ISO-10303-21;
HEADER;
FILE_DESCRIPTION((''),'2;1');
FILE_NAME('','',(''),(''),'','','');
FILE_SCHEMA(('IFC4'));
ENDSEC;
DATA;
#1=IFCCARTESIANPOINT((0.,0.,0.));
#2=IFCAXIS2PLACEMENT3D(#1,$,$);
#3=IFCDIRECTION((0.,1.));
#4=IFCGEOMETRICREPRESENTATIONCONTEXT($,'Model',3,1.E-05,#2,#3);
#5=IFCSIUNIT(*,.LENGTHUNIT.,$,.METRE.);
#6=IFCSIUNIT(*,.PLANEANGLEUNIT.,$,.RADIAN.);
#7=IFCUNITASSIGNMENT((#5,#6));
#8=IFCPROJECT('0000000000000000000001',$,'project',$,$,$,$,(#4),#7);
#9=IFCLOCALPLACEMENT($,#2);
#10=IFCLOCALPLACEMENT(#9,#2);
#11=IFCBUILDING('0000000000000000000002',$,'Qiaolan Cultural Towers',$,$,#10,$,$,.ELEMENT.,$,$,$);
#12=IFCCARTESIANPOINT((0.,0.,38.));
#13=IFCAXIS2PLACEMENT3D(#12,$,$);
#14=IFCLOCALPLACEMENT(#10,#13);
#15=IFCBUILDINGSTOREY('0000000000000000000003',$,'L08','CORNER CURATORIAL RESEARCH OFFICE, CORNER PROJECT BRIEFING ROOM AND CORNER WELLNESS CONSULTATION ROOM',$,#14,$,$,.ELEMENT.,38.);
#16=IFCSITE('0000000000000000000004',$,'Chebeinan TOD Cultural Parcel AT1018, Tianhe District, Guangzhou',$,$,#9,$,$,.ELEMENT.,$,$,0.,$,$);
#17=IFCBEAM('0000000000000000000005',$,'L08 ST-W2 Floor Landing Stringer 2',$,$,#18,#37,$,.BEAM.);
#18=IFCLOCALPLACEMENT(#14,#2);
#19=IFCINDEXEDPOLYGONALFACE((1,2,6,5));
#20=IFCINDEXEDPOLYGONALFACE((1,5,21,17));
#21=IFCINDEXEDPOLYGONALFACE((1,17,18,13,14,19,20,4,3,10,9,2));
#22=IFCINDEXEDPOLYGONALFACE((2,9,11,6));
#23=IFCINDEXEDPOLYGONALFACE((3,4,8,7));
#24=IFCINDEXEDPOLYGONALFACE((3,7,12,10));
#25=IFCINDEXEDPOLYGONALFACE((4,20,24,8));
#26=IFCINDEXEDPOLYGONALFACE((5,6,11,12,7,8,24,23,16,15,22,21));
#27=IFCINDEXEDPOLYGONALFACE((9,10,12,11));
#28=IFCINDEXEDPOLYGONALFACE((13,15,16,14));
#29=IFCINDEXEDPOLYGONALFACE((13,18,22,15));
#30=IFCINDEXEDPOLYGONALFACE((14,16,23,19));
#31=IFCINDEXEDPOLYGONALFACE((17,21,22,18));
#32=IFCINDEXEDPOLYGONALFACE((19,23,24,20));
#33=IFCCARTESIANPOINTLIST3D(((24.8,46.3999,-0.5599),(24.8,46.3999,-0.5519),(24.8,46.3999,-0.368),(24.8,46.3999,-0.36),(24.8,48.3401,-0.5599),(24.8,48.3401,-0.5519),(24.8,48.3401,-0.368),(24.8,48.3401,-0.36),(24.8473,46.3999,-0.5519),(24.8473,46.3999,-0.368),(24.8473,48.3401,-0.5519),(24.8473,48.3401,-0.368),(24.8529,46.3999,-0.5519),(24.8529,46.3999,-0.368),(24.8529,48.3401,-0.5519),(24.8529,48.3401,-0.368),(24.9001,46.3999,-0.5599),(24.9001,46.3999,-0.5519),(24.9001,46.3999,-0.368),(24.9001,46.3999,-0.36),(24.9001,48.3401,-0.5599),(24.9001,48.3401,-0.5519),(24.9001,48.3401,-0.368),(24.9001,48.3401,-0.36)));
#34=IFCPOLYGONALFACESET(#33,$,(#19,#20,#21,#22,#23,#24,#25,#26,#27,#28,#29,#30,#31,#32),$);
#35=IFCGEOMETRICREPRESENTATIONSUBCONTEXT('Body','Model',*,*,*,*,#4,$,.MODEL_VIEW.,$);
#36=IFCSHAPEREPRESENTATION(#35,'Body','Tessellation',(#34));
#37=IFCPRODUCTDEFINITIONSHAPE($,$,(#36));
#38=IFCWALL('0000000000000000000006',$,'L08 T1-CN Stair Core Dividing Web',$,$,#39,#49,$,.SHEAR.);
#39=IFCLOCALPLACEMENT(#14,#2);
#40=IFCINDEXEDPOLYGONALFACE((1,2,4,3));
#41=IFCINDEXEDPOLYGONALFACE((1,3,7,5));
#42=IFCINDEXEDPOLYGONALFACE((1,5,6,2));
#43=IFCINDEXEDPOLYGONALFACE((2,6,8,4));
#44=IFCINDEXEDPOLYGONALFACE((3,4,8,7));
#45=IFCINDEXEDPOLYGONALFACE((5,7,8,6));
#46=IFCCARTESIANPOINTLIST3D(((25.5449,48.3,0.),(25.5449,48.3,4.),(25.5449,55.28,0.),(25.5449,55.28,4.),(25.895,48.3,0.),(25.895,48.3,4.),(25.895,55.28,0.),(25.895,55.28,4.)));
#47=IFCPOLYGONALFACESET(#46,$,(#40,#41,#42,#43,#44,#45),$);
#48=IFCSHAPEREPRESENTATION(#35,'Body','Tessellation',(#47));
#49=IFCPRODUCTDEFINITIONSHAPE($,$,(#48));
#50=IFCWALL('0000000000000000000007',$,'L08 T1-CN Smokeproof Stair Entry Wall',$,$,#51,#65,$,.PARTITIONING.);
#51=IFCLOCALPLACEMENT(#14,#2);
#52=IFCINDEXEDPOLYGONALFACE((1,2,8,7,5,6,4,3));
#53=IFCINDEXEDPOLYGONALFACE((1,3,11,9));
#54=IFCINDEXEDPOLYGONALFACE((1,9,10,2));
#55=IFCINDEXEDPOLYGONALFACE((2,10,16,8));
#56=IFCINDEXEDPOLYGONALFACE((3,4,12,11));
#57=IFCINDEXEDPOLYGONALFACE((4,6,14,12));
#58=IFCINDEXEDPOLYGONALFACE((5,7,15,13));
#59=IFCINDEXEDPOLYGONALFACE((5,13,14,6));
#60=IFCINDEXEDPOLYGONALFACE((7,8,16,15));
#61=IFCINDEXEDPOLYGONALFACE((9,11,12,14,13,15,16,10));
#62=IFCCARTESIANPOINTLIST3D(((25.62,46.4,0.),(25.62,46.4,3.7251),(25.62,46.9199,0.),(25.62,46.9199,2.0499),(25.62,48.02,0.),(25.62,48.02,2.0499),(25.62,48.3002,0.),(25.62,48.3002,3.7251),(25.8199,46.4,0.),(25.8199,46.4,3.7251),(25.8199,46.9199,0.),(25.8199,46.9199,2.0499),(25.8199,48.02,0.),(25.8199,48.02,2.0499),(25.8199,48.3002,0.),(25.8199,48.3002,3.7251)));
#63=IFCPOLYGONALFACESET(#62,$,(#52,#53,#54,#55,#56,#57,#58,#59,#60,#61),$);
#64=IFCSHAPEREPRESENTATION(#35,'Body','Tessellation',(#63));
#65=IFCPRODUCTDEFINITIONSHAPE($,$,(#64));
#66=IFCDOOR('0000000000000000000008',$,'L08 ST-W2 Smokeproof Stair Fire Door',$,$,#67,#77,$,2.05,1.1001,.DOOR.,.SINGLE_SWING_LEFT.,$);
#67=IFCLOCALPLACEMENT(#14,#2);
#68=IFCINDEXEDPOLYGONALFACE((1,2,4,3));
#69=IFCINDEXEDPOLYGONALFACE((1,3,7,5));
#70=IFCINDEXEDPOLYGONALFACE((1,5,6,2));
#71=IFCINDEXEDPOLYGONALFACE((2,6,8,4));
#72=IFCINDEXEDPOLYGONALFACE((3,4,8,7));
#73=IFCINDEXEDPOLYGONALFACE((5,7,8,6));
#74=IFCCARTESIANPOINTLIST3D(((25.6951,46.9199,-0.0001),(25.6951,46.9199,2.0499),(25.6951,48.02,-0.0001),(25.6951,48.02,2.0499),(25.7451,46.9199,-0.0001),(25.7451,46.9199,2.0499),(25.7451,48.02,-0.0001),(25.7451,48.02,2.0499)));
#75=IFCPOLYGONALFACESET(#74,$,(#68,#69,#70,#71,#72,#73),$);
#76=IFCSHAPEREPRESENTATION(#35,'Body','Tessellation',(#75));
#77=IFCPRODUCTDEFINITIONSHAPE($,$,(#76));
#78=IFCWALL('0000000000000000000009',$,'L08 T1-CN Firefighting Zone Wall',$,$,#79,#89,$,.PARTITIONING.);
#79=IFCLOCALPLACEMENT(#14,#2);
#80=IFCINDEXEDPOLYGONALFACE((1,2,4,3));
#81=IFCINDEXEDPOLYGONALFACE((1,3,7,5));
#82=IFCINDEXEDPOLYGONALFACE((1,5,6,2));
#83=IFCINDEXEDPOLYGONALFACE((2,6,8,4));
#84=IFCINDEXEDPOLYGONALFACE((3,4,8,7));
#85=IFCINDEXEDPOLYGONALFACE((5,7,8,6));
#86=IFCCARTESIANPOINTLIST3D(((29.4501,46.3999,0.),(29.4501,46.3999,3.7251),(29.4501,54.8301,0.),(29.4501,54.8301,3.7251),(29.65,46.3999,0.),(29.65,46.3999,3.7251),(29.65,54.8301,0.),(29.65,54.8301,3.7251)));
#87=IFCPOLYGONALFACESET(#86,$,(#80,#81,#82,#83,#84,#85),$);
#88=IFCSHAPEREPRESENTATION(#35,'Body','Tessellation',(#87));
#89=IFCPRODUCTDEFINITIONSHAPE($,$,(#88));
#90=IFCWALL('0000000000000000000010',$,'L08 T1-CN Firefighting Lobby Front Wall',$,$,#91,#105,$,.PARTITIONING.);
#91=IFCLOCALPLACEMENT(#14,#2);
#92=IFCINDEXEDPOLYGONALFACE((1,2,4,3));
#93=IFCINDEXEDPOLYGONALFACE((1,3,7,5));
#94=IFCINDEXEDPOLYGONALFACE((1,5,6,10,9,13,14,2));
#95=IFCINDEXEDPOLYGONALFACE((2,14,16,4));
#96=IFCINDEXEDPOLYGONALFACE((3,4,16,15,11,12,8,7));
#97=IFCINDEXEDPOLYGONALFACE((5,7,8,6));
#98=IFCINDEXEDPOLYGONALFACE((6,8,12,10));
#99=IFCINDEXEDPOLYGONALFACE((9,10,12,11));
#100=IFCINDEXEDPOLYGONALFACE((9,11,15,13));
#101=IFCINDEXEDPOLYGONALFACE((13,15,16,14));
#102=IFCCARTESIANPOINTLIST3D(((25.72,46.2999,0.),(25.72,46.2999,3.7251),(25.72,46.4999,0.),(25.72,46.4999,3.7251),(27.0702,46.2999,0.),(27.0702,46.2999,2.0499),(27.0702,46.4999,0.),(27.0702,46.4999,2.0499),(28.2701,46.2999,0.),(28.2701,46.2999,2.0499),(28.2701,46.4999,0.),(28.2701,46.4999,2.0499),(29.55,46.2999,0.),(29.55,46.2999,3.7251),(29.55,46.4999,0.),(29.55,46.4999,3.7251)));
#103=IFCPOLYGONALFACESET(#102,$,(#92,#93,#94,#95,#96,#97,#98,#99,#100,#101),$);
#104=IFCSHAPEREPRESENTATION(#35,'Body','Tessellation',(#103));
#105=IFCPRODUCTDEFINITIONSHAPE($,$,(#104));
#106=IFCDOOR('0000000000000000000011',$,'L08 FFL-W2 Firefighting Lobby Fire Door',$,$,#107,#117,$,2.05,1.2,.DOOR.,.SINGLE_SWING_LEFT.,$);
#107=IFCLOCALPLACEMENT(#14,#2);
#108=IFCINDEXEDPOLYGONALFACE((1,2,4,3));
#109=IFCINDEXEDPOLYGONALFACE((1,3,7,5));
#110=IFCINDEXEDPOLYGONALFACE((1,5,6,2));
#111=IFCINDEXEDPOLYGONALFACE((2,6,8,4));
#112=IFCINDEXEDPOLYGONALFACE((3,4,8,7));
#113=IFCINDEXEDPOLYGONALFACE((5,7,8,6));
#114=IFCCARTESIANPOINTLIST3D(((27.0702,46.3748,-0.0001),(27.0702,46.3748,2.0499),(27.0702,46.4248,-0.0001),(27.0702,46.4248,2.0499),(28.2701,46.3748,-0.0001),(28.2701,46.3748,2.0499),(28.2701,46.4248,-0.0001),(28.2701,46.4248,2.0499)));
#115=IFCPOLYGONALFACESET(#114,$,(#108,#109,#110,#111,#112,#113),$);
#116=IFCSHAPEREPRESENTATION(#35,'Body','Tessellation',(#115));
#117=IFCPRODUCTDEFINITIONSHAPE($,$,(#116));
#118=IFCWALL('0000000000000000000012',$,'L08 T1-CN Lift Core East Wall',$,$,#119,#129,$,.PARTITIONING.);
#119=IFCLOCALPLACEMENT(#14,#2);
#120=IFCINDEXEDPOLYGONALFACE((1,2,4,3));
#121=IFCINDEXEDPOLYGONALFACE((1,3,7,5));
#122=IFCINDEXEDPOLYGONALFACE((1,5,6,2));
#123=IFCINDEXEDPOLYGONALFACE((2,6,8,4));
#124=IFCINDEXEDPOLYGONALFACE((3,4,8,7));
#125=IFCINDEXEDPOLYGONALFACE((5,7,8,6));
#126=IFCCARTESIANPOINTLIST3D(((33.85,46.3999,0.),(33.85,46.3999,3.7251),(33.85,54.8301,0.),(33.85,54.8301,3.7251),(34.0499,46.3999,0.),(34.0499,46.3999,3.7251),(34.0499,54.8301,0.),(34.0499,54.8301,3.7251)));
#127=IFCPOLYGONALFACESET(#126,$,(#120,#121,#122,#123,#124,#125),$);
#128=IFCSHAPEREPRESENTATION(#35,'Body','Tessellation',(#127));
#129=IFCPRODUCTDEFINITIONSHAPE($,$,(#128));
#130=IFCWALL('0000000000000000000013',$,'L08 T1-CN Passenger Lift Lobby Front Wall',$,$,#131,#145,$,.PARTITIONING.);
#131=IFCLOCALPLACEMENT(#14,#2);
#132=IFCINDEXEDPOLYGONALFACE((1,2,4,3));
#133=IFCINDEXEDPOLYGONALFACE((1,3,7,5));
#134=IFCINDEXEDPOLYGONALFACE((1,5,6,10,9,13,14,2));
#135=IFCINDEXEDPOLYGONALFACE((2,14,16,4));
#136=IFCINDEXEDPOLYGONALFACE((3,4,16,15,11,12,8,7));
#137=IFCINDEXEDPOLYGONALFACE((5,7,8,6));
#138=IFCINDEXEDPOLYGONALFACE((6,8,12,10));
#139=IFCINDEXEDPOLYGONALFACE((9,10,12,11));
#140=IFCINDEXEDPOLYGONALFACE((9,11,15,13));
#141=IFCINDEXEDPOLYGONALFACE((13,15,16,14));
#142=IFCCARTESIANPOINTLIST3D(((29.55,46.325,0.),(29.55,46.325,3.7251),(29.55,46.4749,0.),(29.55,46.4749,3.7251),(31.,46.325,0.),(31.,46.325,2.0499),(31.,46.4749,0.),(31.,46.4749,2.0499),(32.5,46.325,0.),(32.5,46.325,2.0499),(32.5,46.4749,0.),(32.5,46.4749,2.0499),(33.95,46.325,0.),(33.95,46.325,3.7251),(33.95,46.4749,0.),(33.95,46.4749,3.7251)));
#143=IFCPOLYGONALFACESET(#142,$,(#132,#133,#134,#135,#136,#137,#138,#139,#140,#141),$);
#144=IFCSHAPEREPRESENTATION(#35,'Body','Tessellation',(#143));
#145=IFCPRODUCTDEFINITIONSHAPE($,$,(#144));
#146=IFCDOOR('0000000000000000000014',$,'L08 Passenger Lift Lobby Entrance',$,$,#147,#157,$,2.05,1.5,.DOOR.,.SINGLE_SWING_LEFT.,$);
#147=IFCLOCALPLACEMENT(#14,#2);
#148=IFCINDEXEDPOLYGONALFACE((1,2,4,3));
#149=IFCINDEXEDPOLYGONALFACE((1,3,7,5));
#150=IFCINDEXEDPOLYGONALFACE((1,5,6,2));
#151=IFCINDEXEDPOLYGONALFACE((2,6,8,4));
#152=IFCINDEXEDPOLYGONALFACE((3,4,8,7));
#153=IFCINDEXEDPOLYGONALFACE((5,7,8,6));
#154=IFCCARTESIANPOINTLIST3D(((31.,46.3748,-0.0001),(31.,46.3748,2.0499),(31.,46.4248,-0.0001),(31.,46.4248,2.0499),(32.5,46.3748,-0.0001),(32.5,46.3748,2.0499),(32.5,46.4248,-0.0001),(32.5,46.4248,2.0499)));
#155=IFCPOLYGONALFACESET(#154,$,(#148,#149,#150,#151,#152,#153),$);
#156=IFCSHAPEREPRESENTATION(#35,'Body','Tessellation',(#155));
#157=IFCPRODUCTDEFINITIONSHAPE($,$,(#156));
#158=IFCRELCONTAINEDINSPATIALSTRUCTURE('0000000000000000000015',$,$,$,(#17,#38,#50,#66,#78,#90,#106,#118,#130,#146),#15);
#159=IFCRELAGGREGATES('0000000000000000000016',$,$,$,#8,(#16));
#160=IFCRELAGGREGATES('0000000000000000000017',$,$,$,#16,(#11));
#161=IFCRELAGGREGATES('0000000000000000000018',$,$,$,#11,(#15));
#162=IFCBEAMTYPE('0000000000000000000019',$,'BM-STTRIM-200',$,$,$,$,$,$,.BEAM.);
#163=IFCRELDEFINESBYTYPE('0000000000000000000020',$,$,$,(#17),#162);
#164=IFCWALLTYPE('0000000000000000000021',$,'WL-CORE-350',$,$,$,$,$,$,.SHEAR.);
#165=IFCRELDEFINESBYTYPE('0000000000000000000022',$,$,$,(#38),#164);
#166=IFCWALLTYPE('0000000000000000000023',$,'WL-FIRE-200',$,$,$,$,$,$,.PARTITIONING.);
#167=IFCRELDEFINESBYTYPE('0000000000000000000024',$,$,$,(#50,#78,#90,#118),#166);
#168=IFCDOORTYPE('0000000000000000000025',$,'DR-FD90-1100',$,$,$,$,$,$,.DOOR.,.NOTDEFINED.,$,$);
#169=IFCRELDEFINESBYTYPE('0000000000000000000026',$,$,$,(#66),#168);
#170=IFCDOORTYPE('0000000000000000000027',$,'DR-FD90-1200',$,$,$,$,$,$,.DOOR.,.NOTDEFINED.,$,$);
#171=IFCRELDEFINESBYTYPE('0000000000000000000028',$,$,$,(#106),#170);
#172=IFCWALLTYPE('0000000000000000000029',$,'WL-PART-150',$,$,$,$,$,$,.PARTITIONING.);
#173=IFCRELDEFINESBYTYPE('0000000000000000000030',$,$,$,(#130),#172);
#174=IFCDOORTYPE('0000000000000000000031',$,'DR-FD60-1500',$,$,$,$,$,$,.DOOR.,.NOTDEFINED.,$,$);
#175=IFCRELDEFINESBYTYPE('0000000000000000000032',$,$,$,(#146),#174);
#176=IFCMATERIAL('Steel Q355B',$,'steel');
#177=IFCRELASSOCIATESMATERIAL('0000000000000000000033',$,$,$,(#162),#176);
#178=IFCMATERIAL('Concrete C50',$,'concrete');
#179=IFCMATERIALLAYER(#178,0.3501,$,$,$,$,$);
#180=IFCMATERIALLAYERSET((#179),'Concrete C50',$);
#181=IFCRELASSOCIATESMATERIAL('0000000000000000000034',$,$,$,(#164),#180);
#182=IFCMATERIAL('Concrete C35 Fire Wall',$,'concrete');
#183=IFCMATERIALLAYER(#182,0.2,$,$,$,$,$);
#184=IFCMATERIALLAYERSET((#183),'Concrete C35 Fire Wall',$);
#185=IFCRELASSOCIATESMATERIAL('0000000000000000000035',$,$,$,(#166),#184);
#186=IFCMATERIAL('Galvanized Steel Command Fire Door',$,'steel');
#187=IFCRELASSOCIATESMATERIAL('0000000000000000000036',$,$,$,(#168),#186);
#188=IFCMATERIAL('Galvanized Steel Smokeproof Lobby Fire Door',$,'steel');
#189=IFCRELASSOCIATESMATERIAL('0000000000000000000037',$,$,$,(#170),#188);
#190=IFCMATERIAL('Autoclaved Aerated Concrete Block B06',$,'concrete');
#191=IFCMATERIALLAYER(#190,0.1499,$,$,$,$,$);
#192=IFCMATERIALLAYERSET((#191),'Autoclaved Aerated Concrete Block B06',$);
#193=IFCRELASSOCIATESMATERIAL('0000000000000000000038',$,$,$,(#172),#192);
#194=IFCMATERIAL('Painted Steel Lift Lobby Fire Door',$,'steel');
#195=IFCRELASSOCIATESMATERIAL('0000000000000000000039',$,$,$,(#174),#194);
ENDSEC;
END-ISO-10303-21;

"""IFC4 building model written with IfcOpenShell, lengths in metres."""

from ifc_helpers import new_model, si_unit, direction, frame, frame_2d, origin, origin_2d, place, context, subcontext, project, spatial, rectangle, i_section, extrude, material, layer, layer_set, material_profile, profile_set, type_object, element, fill, save


model = new_model("IFC4")

# Units and contexts
model_context = context("Model", 3, precision=1e-05, world=origin(), true_north=direction((0.0, 1.0)))
body_context = subcontext(model_context, "Body", "Model", "MODEL_VIEW")
ifc_project = project(units=[si_unit("LENGTHUNIT", "METRE"), si_unit("PLANEANGLEUNIT", "RADIAN")], contexts=[model_context])

# Site, building, storey
site_placement = place(None, origin())
site = spatial("IfcSite", under=ifc_project, at=site_placement, Name="Chebeinan TOD Cultural Parcel AT1018, Tianhe District, Guangzhou", CompositionType="ELEMENT", RefElevation=0.0)
building_placement = place(site_placement, origin())
building = spatial("IfcBuilding", under=site, at=building_placement, Name="Qiaolan Cultural Towers", CompositionType="ELEMENT")
storey_placement = place(building_placement, frame((0.0, 0.0, 38.0)))
storey = spatial("IfcBuildingStorey", under=building, at=storey_placement, Name="L08", Description="CORNER CURATORIAL RESEARCH OFFICE, CORNER PROJECT BRIEFING ROOM AND CORNER WELLNESS CONSULTATION ROOM", CompositionType="ELEMENT", Elevation=38.0)

# Beam
ifc_material_1 = material(Name="Steel Q355B", Category="steel")
ifc_material_profile = material_profile(ifc_material_1, i_section(OverallWidth=0.1001, OverallDepth=0.2, WebThickness=0.0056, FlangeThickness=0.0081, at=origin_2d()), Name="HN200x100x5.5x8")
ifc_profile_set = profile_set([ifc_material_profile], Name="Steel Q355B")
beam_type = type_object("IfcBeamType", Name="BM-STTRIM-200", PredefinedType="BEAM", material=ifc_profile_set)
beam_placement = place(storey_placement, frame((24.8501, 46.3999, -0.46), z_axis=(0.0, 1.0, 0.0), x_axis=(-1.0, 0.0, 0.0)))
element("IfcBeam", 1, at=beam_placement, inside=storey, type_object=beam_type, Name="L08 ST-W2 Floor Landing Stringer 2", PredefinedType="BEAM", context=body_context, shape_type="SweptSolid", body=[
    extrude(i_section(OverallWidth=0.1001, OverallDepth=0.2, WebThickness=0.0056, FlangeThickness=0.0081, at=origin_2d()), origin(), (0.0, 0.0, 1.0), 1.9402),
])

# Wall
ifc_material_2 = material(Name="Concrete C50", Category="concrete")
ifc_layer_1 = layer(ifc_material_2, 0.3501)
ifc_layer_set_1 = layer_set([ifc_layer_1], Name="Concrete C50")
wall_type_1 = type_object("IfcWallType", Name="WL-CORE-350", PredefinedType="SHEAR", material=ifc_layer_set_1)
wall_1_placement = place(storey_placement, frame((25.72, 48.3, 0.0), z_axis=(0.0, 0.0, 1.0), x_axis=(0.0, 1.0, 0.0)))
element("IfcWall", 2, at=wall_1_placement, inside=storey, type_object=wall_type_1, Name="L08 T1-CN Stair Core Dividing Web", PredefinedType="SHEAR", context=body_context, shape_type="SweptSolid", body=[
    extrude(rectangle(XDim=6.98, YDim=0.3501, at=frame_2d((3.49, 0.0))), origin(), (0.0, 0.0, 1.0), 4.0),
])

# Wall, opening, door
ifc_material_3 = material(Name="Concrete C35 Fire Wall", Category="concrete")
ifc_layer_2 = layer(ifc_material_3, 0.2)
ifc_layer_set_2 = layer_set([ifc_layer_2], Name="Concrete C35 Fire Wall")
wall_type_2 = type_object("IfcWallType", Name="WL-FIRE-200", PredefinedType="PARTITIONING", material=ifc_layer_set_2)
wall_2_placement = place(storey_placement, frame((25.72, 46.3999, 0.0), z_axis=(0.0, 0.0, 1.0), x_axis=(0.0, 1.0, 0.0)))
wall_2 = element("IfcWall", 3, at=wall_2_placement, inside=storey, type_object=wall_type_2, Name="L08 T1-CN Smokeproof Stair Entry Wall", PredefinedType="PARTITIONING", context=body_context, shape_type="SweptSolid", body=[
    extrude(rectangle(XDim=1.9001, YDim=0.2, at=frame_2d((0.9502, 0.0))), origin(), (0.0, 0.0, 1.0), 3.7251),
])
opening_1_placement = place(wall_2_placement, frame((0.52, 0.0, 0.0)))
opening_1 = element("IfcOpeningElement", 4, at=opening_1_placement, cuts=wall_2, PredefinedType="OPENING", context=body_context, shape_type="SweptSolid", body=[
    extrude(rectangle(XDim=1.1001, YDim=2.05, at=frame_2d((0.55, 1.0249))), frame((0.0, 0.1099, 0.0), z_axis=(0.0, -1.0, 0.0), x_axis=(1.0, 0.0, 0.0)), (0.0, 0.0, 1.0), 0.22),
])
ifc_material_4 = material(Name="Galvanized Steel Command Fire Door", Category="steel")
door_type_1 = type_object("IfcDoorType", Name="DR-FD90-1100", OperationType="NOTDEFINED", PredefinedType="DOOR", material=ifc_material_4)
door_1_placement = place(opening_1_placement, origin())
door_1 = element("IfcDoor", 5, at=door_1_placement, inside=storey, type_object=door_type_1, Name="L08 ST-W2 Smokeproof Stair Fire Door", OperationType="SINGLE_SWING_LEFT", OverallHeight=2.05, OverallWidth=1.1001, PredefinedType="DOOR", context=body_context, shape_type="SweptSolid", body=[
    extrude(rectangle(XDim=1.1001, YDim=2.05, at=frame_2d((0.55, 1.0249))), frame((0.0, 0.0249, 0.0), z_axis=(0.0, -1.0, 0.0), x_axis=(1.0, 0.0, 0.0)), (0.0, 0.0, 1.0), 0.05),
])
fill(opening_1, door_1)

# Wall
wall_3_placement = place(storey_placement, frame((29.55, 46.3999, 0.0), z_axis=(0.0, 0.0, 1.0), x_axis=(0.0, 1.0, 0.0)))
element("IfcWall", 6, at=wall_3_placement, inside=storey, type_object=wall_type_2, Name="L08 T1-CN Firefighting Zone Wall", PredefinedType="PARTITIONING", context=body_context, shape_type="SweptSolid", body=[
    extrude(rectangle(XDim=8.4302, YDim=0.2, at=frame_2d((4.2151, 0.0))), origin(), (0.0, 0.0, 1.0), 3.7251),
])

# Wall, opening, door
wall_4_placement = place(storey_placement, frame((25.72, 46.3999, 0.0), z_axis=(0.0, 0.0, 1.0), x_axis=(1.0, 0.0, 0.0)))
wall_4 = element("IfcWall", 7, at=wall_4_placement, inside=storey, type_object=wall_type_2, Name="L08 T1-CN Firefighting Lobby Front Wall", PredefinedType="PARTITIONING", context=body_context, shape_type="SweptSolid", body=[
    extrude(rectangle(XDim=3.8301, YDim=0.2, at=frame_2d((1.915, 0.0))), origin(), (0.0, 0.0, 1.0), 3.7251),
])
opening_2_placement = place(wall_4_placement, frame((1.3501, 0.0, 0.0)))
opening_2 = element("IfcOpeningElement", 8, at=opening_2_placement, cuts=wall_4, PredefinedType="OPENING", context=body_context, shape_type="SweptSolid", body=[
    extrude(rectangle(XDim=1.2, YDim=2.05, at=frame_2d((0.6001, 1.0249))), frame((0.0, 0.1099, 0.0), z_axis=(0.0, -1.0, 0.0), x_axis=(1.0, 0.0, 0.0)), (0.0, 0.0, 1.0), 0.22),
])
ifc_material_5 = material(Name="Galvanized Steel Smokeproof Lobby Fire Door", Category="steel")
door_type_2 = type_object("IfcDoorType", Name="DR-FD90-1200", OperationType="NOTDEFINED", PredefinedType="DOOR", material=ifc_material_5)
door_2_placement = place(opening_2_placement, origin())
door_2 = element("IfcDoor", 9, at=door_2_placement, inside=storey, type_object=door_type_2, Name="L08 FFL-W2 Firefighting Lobby Fire Door", OperationType="SINGLE_SWING_LEFT", OverallHeight=2.05, OverallWidth=1.2, PredefinedType="DOOR", context=body_context, shape_type="SweptSolid", body=[
    extrude(rectangle(XDim=1.2, YDim=2.05, at=frame_2d((0.6001, 1.0249))), frame((0.0, 0.0249, 0.0), z_axis=(0.0, -1.0, 0.0), x_axis=(1.0, 0.0, 0.0)), (0.0, 0.0, 1.0), 0.05),
])
fill(opening_2, door_2)

# Wall
wall_5_placement = place(storey_placement, frame((33.95, 46.3999, 0.0), z_axis=(0.0, 0.0, 1.0), x_axis=(0.0, 1.0, 0.0)))
element("IfcWall", 10, at=wall_5_placement, inside=storey, type_object=wall_type_2, Name="L08 T1-CN Lift Core East Wall", PredefinedType="PARTITIONING", context=body_context, shape_type="SweptSolid", body=[
    extrude(rectangle(XDim=8.4302, YDim=0.2, at=frame_2d((4.2151, 0.0))), origin(), (0.0, 0.0, 1.0), 3.7251),
])

# Wall, opening, door
ifc_material_6 = material(Name="Autoclaved Aerated Concrete Block B06", Category="concrete")
ifc_layer_3 = layer(ifc_material_6, 0.1499)
ifc_layer_set_3 = layer_set([ifc_layer_3], Name="Autoclaved Aerated Concrete Block B06")
wall_type_3 = type_object("IfcWallType", Name="WL-PART-150", PredefinedType="PARTITIONING", material=ifc_layer_set_3)
wall_6_placement = place(storey_placement, frame((29.55, 46.3999, 0.0), z_axis=(0.0, 0.0, 1.0), x_axis=(1.0, 0.0, 0.0)))
wall_6 = element("IfcWall", 11, at=wall_6_placement, inside=storey, type_object=wall_type_3, Name="L08 T1-CN Passenger Lift Lobby Front Wall", PredefinedType="PARTITIONING", context=body_context, shape_type="SweptSolid", body=[
    extrude(rectangle(XDim=4.3999, YDim=0.1499, at=frame_2d((2.2, 0.0))), origin(), (0.0, 0.0, 1.0), 3.7251),
])
opening_3_placement = place(wall_6_placement, frame((1.45, 0.0, 0.0)))
opening_3 = element("IfcOpeningElement", 12, at=opening_3_placement, cuts=wall_6, PredefinedType="OPENING", context=body_context, shape_type="SweptSolid", body=[
    extrude(rectangle(XDim=1.5, YDim=2.05, at=frame_2d((0.75, 1.0249))), frame((0.0, 0.085, 0.0), z_axis=(0.0, -1.0, 0.0), x_axis=(1.0, 0.0, 0.0)), (0.0, 0.0, 1.0), 0.1699),
])
ifc_material_7 = material(Name="Painted Steel Lift Lobby Fire Door", Category="steel")
door_type_3 = type_object("IfcDoorType", Name="DR-FD60-1500", OperationType="NOTDEFINED", PredefinedType="DOOR", material=ifc_material_7)
door_3_placement = place(opening_3_placement, origin())
door_3 = element("IfcDoor", 13, at=door_3_placement, inside=storey, type_object=door_type_3, Name="L08 Passenger Lift Lobby Entrance", OperationType="SINGLE_SWING_LEFT", OverallHeight=2.05, OverallWidth=1.5, PredefinedType="DOOR", context=body_context, shape_type="SweptSolid", body=[
    extrude(rectangle(XDim=1.5, YDim=2.05, at=frame_2d((0.75, 1.0249))), frame((0.0, 0.0249, 0.0), z_axis=(0.0, -1.0, 0.0), x_axis=(1.0, 0.0, 0.0)), (0.0, 0.0, 1.0), 0.05),
])
fill(opening_3, door_3)

save(model, "model.ifc")
